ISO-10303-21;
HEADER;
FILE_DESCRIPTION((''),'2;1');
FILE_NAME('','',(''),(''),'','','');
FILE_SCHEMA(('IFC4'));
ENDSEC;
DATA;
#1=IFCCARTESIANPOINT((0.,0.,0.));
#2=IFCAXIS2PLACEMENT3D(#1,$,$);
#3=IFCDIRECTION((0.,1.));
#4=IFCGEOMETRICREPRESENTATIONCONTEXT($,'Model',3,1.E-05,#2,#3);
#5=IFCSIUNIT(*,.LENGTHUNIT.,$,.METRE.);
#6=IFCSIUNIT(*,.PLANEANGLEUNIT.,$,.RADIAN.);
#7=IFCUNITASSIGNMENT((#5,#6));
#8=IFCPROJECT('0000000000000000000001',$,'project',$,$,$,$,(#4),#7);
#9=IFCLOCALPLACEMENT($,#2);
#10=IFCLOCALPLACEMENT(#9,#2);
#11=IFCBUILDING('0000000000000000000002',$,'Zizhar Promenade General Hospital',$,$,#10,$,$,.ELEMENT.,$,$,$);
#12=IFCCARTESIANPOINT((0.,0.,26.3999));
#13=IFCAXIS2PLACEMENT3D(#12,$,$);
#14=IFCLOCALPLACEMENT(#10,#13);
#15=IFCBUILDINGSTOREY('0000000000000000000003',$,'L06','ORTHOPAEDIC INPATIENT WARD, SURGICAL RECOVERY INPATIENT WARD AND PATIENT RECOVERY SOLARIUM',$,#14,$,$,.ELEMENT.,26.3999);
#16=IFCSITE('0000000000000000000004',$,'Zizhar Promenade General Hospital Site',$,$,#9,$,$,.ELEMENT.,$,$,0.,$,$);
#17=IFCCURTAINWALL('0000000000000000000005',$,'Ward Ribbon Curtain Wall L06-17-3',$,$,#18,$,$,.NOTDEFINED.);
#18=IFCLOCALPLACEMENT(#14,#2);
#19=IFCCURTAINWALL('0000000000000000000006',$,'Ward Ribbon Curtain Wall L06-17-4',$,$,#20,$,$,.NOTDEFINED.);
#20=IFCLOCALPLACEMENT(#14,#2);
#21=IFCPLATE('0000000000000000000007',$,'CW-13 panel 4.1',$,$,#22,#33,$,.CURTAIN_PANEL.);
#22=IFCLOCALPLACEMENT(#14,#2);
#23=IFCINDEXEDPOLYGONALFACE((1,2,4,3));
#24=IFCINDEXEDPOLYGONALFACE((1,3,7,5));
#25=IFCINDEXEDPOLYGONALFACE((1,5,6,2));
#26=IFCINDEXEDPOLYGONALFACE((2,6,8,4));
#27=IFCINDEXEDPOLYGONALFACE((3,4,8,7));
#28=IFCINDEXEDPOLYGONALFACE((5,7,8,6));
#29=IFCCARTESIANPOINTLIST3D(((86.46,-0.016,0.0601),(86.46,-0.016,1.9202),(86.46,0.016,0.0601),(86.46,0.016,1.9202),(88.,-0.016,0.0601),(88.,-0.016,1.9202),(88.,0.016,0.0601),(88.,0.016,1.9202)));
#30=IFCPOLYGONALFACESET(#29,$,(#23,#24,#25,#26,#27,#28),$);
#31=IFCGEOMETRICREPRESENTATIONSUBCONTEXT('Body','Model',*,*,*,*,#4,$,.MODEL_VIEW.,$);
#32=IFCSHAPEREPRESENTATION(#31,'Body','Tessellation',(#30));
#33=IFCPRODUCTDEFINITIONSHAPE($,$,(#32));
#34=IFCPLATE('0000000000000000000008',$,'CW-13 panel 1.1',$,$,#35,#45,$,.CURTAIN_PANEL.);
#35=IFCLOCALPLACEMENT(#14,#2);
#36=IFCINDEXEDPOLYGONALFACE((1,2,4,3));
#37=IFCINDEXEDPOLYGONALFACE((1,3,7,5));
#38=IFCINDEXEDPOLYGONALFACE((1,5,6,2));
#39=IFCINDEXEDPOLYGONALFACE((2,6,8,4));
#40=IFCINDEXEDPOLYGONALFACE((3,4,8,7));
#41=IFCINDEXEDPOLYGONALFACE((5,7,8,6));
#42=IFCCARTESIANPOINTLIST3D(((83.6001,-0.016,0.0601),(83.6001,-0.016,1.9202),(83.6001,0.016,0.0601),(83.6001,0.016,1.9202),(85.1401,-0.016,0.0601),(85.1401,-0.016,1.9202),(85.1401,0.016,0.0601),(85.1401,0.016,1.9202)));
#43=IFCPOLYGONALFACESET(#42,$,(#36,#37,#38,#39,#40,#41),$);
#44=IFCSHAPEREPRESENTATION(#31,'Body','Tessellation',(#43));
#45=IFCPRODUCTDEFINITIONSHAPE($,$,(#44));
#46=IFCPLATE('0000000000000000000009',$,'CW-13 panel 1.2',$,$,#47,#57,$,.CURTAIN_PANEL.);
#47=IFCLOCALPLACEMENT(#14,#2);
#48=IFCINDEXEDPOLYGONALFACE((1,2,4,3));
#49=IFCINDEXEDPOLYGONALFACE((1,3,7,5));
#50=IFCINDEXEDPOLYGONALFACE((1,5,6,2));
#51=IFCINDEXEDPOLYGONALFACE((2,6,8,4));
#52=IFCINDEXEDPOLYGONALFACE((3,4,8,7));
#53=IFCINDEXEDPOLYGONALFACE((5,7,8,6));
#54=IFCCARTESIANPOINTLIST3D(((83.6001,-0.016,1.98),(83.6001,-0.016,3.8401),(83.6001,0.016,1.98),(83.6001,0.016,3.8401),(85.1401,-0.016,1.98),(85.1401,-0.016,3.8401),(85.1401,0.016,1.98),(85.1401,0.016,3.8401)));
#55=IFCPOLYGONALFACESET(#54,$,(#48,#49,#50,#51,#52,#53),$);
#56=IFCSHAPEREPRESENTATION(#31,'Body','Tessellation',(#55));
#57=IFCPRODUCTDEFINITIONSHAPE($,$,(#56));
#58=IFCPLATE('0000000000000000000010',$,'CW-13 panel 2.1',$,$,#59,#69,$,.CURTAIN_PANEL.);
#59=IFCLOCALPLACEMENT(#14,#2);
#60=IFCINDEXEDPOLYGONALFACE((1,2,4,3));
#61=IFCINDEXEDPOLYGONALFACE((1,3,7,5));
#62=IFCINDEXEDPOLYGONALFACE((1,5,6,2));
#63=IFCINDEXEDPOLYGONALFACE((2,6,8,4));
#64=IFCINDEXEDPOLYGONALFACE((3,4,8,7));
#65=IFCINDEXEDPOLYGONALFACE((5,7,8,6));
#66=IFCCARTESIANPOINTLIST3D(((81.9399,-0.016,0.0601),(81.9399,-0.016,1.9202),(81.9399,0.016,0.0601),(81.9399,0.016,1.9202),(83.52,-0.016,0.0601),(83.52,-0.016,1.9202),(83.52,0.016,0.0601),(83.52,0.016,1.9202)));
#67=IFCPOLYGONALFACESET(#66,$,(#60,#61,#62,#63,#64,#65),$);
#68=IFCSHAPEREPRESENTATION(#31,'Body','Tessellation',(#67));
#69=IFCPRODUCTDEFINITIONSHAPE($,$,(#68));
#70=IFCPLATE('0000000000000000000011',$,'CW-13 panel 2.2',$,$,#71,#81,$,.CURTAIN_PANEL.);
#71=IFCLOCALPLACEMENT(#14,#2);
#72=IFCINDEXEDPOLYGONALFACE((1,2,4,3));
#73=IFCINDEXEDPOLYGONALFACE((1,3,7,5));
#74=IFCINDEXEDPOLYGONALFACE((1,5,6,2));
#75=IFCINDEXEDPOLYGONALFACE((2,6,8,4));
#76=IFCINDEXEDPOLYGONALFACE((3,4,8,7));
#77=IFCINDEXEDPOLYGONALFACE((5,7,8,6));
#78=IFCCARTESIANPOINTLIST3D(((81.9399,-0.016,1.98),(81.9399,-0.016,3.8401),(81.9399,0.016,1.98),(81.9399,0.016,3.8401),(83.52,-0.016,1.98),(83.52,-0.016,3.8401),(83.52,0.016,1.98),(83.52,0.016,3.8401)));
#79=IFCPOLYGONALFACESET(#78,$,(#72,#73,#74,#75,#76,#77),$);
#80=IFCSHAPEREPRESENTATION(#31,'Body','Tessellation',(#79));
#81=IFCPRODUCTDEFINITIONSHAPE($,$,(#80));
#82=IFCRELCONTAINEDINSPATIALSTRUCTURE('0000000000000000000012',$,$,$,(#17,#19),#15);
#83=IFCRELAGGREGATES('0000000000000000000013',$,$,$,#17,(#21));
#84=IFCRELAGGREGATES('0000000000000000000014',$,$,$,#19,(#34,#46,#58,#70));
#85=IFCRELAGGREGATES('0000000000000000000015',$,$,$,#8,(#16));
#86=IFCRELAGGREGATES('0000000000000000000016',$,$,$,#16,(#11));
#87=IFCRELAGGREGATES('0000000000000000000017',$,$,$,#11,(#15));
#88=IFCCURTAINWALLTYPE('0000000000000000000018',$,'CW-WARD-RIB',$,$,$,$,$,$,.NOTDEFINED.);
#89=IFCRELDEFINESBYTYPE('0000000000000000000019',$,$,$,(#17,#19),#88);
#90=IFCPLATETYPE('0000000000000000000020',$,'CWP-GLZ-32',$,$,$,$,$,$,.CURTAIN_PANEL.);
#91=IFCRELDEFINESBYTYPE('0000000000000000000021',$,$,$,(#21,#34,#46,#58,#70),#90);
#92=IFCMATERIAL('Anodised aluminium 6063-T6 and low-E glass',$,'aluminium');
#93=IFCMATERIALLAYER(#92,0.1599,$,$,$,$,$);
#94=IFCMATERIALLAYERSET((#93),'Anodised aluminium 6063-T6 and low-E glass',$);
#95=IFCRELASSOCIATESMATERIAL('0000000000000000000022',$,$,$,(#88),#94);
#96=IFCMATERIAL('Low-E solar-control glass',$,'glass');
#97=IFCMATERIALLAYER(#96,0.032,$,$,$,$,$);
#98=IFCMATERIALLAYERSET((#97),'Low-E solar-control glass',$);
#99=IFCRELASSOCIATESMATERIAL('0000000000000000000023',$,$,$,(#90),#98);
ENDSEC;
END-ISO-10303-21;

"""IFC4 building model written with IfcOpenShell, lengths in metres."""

from ifc_helpers import new_model, si_unit, direction, frame, origin, origin_2d, place, context, subcontext, project, spatial, rectangle, extrude, material, layer, layer_set, type_object, element, aggregate, save


model = new_model("IFC4")

# Units and contexts
model_context = context("Model", 3, precision=1e-05, world=origin(), true_north=direction((0.0, 1.0)))
body_context = subcontext(model_context, "Body", "Model", "MODEL_VIEW")
ifc_project = project(units=[si_unit("LENGTHUNIT", "METRE"), si_unit("PLANEANGLEUNIT", "RADIAN")], contexts=[model_context])

# Site, building, storey
site_placement = place(None, origin())
site = spatial("IfcSite", under=ifc_project, at=site_placement, Name="Zizhar Promenade General Hospital Site", CompositionType="ELEMENT", RefElevation=0.0)
building_placement = place(site_placement, origin())
building = spatial("IfcBuilding", under=site, at=building_placement, Name="Zizhar Promenade General Hospital", CompositionType="ELEMENT")
storey_placement = place(building_placement, frame((0.0, 0.0, 26.3999)))
storey = spatial("IfcBuildingStorey", under=building, at=storey_placement, Name="L06", Description="ORTHOPAEDIC INPATIENT WARD, SURGICAL RECOVERY INPATIENT WARD AND PATIENT RECOVERY SOLARIUM", CompositionType="ELEMENT", Elevation=26.3999)

# Curtain wall
ifc_material_1 = material(Name="Anodised aluminium 6063-T6 and low-E glass", Category="aluminium")
ifc_layer_1 = layer(ifc_material_1, 0.1599)
ifc_layer_set_1 = layer_set([ifc_layer_1], Name="Anodised aluminium 6063-T6 and low-E glass")
curtain_wall_type = type_object("IfcCurtainWallType", Name="CW-WARD-RIB", PredefinedType="NOTDEFINED", material=ifc_layer_set_1)
curtain_wall_1_placement = place(storey_placement, origin())
curtain_wall_1 = element("IfcCurtainWall", 1, at=curtain_wall_1_placement, inside=storey, type_object=curtain_wall_type, Name="Ward Ribbon Curtain Wall L06-17-3", PredefinedType="NOTDEFINED")

# Curtain wall
curtain_wall_2_placement = place(storey_placement, origin())
curtain_wall_2 = element("IfcCurtainWall", 2, at=curtain_wall_2_placement, inside=storey, type_object=curtain_wall_type, Name="Ward Ribbon Curtain Wall L06-17-4", PredefinedType="NOTDEFINED")

# Plates
ifc_material_2 = material(Name="Low-E solar-control glass", Category="glass")
ifc_layer_2 = layer(ifc_material_2, 0.032)
ifc_layer_set_2 = layer_set([ifc_layer_2], Name="Low-E solar-control glass")
plate_type = type_object("IfcPlateType", Name="CWP-GLZ-32", PredefinedType="CURTAIN_PANEL", material=ifc_layer_set_2)
plate_1_placement = place(storey_placement, frame((87.23, 0.0, 0.0601), z_axis=(0.0, 0.0, 1.0), x_axis=(-1.0, 0.0, 0.0)))
plate_1 = element("IfcPlate", 3, at=plate_1_placement, type_object=plate_type, Name="CW-13 panel 4.1", PredefinedType="CURTAIN_PANEL", context=body_context, shape_type="SweptSolid", body=[
    extrude(rectangle(XDim=1.54, YDim=0.032, at=origin_2d()), origin(), (0.0, 0.0, 1.0), 1.8601),
])
aggregate(curtain_wall_1, [plate_1])
plate_2_placement = place(storey_placement, frame((84.3701, 0.0, 0.0601), z_axis=(0.0, 0.0, 1.0), x_axis=(-1.0, 0.0, 0.0)))
plate_2 = element("IfcPlate", 4, at=plate_2_placement, type_object=plate_type, Name="CW-13 panel 1.1", PredefinedType="CURTAIN_PANEL", context=body_context, shape_type="SweptSolid", body=[
    extrude(rectangle(XDim=1.54, YDim=0.032, at=origin_2d()), origin(), (0.0, 0.0, 1.0), 1.8601),
])
plate_3_placement = place(storey_placement, frame((84.3701, 0.0, 1.98), z_axis=(0.0, 0.0, 1.0), x_axis=(-1.0, 0.0, 0.0)))
plate_3 = element("IfcPlate", 5, at=plate_3_placement, type_object=plate_type, Name="CW-13 panel 1.2", PredefinedType="CURTAIN_PANEL", context=body_context, shape_type="SweptSolid", body=[
    extrude(rectangle(XDim=1.54, YDim=0.032, at=origin_2d()), origin(), (0.0, 0.0, 1.0), 1.8601),
])
plate_4_placement = place(storey_placement, frame((82.73, 0.0, 0.0601), z_axis=(0.0, 0.0, 1.0), x_axis=(-1.0, 0.0, 0.0)))
plate_4 = element("IfcPlate", 6, at=plate_4_placement, type_object=plate_type, Name="CW-13 panel 2.1", PredefinedType="CURTAIN_PANEL", context=body_context, shape_type="SweptSolid", body=[
    extrude(rectangle(XDim=1.5801, YDim=0.032, at=origin_2d()), origin(), (0.0, 0.0, 1.0), 1.8601),
])
plate_5_placement = place(storey_placement, frame((82.73, 0.0, 1.98), z_axis=(0.0, 0.0, 1.0), x_axis=(-1.0, 0.0, 0.0)))
plate_5 = element("IfcPlate", 7, at=plate_5_placement, type_object=plate_type, Name="CW-13 panel 2.2", PredefinedType="CURTAIN_PANEL", context=body_context, shape_type="SweptSolid", body=[
    extrude(rectangle(XDim=1.5801, YDim=0.032, at=origin_2d()), origin(), (0.0, 0.0, 1.0), 1.8601),
])
aggregate(curtain_wall_2, [plate_2, plate_3, plate_4, plate_5])

save(model, "model.ifc")
